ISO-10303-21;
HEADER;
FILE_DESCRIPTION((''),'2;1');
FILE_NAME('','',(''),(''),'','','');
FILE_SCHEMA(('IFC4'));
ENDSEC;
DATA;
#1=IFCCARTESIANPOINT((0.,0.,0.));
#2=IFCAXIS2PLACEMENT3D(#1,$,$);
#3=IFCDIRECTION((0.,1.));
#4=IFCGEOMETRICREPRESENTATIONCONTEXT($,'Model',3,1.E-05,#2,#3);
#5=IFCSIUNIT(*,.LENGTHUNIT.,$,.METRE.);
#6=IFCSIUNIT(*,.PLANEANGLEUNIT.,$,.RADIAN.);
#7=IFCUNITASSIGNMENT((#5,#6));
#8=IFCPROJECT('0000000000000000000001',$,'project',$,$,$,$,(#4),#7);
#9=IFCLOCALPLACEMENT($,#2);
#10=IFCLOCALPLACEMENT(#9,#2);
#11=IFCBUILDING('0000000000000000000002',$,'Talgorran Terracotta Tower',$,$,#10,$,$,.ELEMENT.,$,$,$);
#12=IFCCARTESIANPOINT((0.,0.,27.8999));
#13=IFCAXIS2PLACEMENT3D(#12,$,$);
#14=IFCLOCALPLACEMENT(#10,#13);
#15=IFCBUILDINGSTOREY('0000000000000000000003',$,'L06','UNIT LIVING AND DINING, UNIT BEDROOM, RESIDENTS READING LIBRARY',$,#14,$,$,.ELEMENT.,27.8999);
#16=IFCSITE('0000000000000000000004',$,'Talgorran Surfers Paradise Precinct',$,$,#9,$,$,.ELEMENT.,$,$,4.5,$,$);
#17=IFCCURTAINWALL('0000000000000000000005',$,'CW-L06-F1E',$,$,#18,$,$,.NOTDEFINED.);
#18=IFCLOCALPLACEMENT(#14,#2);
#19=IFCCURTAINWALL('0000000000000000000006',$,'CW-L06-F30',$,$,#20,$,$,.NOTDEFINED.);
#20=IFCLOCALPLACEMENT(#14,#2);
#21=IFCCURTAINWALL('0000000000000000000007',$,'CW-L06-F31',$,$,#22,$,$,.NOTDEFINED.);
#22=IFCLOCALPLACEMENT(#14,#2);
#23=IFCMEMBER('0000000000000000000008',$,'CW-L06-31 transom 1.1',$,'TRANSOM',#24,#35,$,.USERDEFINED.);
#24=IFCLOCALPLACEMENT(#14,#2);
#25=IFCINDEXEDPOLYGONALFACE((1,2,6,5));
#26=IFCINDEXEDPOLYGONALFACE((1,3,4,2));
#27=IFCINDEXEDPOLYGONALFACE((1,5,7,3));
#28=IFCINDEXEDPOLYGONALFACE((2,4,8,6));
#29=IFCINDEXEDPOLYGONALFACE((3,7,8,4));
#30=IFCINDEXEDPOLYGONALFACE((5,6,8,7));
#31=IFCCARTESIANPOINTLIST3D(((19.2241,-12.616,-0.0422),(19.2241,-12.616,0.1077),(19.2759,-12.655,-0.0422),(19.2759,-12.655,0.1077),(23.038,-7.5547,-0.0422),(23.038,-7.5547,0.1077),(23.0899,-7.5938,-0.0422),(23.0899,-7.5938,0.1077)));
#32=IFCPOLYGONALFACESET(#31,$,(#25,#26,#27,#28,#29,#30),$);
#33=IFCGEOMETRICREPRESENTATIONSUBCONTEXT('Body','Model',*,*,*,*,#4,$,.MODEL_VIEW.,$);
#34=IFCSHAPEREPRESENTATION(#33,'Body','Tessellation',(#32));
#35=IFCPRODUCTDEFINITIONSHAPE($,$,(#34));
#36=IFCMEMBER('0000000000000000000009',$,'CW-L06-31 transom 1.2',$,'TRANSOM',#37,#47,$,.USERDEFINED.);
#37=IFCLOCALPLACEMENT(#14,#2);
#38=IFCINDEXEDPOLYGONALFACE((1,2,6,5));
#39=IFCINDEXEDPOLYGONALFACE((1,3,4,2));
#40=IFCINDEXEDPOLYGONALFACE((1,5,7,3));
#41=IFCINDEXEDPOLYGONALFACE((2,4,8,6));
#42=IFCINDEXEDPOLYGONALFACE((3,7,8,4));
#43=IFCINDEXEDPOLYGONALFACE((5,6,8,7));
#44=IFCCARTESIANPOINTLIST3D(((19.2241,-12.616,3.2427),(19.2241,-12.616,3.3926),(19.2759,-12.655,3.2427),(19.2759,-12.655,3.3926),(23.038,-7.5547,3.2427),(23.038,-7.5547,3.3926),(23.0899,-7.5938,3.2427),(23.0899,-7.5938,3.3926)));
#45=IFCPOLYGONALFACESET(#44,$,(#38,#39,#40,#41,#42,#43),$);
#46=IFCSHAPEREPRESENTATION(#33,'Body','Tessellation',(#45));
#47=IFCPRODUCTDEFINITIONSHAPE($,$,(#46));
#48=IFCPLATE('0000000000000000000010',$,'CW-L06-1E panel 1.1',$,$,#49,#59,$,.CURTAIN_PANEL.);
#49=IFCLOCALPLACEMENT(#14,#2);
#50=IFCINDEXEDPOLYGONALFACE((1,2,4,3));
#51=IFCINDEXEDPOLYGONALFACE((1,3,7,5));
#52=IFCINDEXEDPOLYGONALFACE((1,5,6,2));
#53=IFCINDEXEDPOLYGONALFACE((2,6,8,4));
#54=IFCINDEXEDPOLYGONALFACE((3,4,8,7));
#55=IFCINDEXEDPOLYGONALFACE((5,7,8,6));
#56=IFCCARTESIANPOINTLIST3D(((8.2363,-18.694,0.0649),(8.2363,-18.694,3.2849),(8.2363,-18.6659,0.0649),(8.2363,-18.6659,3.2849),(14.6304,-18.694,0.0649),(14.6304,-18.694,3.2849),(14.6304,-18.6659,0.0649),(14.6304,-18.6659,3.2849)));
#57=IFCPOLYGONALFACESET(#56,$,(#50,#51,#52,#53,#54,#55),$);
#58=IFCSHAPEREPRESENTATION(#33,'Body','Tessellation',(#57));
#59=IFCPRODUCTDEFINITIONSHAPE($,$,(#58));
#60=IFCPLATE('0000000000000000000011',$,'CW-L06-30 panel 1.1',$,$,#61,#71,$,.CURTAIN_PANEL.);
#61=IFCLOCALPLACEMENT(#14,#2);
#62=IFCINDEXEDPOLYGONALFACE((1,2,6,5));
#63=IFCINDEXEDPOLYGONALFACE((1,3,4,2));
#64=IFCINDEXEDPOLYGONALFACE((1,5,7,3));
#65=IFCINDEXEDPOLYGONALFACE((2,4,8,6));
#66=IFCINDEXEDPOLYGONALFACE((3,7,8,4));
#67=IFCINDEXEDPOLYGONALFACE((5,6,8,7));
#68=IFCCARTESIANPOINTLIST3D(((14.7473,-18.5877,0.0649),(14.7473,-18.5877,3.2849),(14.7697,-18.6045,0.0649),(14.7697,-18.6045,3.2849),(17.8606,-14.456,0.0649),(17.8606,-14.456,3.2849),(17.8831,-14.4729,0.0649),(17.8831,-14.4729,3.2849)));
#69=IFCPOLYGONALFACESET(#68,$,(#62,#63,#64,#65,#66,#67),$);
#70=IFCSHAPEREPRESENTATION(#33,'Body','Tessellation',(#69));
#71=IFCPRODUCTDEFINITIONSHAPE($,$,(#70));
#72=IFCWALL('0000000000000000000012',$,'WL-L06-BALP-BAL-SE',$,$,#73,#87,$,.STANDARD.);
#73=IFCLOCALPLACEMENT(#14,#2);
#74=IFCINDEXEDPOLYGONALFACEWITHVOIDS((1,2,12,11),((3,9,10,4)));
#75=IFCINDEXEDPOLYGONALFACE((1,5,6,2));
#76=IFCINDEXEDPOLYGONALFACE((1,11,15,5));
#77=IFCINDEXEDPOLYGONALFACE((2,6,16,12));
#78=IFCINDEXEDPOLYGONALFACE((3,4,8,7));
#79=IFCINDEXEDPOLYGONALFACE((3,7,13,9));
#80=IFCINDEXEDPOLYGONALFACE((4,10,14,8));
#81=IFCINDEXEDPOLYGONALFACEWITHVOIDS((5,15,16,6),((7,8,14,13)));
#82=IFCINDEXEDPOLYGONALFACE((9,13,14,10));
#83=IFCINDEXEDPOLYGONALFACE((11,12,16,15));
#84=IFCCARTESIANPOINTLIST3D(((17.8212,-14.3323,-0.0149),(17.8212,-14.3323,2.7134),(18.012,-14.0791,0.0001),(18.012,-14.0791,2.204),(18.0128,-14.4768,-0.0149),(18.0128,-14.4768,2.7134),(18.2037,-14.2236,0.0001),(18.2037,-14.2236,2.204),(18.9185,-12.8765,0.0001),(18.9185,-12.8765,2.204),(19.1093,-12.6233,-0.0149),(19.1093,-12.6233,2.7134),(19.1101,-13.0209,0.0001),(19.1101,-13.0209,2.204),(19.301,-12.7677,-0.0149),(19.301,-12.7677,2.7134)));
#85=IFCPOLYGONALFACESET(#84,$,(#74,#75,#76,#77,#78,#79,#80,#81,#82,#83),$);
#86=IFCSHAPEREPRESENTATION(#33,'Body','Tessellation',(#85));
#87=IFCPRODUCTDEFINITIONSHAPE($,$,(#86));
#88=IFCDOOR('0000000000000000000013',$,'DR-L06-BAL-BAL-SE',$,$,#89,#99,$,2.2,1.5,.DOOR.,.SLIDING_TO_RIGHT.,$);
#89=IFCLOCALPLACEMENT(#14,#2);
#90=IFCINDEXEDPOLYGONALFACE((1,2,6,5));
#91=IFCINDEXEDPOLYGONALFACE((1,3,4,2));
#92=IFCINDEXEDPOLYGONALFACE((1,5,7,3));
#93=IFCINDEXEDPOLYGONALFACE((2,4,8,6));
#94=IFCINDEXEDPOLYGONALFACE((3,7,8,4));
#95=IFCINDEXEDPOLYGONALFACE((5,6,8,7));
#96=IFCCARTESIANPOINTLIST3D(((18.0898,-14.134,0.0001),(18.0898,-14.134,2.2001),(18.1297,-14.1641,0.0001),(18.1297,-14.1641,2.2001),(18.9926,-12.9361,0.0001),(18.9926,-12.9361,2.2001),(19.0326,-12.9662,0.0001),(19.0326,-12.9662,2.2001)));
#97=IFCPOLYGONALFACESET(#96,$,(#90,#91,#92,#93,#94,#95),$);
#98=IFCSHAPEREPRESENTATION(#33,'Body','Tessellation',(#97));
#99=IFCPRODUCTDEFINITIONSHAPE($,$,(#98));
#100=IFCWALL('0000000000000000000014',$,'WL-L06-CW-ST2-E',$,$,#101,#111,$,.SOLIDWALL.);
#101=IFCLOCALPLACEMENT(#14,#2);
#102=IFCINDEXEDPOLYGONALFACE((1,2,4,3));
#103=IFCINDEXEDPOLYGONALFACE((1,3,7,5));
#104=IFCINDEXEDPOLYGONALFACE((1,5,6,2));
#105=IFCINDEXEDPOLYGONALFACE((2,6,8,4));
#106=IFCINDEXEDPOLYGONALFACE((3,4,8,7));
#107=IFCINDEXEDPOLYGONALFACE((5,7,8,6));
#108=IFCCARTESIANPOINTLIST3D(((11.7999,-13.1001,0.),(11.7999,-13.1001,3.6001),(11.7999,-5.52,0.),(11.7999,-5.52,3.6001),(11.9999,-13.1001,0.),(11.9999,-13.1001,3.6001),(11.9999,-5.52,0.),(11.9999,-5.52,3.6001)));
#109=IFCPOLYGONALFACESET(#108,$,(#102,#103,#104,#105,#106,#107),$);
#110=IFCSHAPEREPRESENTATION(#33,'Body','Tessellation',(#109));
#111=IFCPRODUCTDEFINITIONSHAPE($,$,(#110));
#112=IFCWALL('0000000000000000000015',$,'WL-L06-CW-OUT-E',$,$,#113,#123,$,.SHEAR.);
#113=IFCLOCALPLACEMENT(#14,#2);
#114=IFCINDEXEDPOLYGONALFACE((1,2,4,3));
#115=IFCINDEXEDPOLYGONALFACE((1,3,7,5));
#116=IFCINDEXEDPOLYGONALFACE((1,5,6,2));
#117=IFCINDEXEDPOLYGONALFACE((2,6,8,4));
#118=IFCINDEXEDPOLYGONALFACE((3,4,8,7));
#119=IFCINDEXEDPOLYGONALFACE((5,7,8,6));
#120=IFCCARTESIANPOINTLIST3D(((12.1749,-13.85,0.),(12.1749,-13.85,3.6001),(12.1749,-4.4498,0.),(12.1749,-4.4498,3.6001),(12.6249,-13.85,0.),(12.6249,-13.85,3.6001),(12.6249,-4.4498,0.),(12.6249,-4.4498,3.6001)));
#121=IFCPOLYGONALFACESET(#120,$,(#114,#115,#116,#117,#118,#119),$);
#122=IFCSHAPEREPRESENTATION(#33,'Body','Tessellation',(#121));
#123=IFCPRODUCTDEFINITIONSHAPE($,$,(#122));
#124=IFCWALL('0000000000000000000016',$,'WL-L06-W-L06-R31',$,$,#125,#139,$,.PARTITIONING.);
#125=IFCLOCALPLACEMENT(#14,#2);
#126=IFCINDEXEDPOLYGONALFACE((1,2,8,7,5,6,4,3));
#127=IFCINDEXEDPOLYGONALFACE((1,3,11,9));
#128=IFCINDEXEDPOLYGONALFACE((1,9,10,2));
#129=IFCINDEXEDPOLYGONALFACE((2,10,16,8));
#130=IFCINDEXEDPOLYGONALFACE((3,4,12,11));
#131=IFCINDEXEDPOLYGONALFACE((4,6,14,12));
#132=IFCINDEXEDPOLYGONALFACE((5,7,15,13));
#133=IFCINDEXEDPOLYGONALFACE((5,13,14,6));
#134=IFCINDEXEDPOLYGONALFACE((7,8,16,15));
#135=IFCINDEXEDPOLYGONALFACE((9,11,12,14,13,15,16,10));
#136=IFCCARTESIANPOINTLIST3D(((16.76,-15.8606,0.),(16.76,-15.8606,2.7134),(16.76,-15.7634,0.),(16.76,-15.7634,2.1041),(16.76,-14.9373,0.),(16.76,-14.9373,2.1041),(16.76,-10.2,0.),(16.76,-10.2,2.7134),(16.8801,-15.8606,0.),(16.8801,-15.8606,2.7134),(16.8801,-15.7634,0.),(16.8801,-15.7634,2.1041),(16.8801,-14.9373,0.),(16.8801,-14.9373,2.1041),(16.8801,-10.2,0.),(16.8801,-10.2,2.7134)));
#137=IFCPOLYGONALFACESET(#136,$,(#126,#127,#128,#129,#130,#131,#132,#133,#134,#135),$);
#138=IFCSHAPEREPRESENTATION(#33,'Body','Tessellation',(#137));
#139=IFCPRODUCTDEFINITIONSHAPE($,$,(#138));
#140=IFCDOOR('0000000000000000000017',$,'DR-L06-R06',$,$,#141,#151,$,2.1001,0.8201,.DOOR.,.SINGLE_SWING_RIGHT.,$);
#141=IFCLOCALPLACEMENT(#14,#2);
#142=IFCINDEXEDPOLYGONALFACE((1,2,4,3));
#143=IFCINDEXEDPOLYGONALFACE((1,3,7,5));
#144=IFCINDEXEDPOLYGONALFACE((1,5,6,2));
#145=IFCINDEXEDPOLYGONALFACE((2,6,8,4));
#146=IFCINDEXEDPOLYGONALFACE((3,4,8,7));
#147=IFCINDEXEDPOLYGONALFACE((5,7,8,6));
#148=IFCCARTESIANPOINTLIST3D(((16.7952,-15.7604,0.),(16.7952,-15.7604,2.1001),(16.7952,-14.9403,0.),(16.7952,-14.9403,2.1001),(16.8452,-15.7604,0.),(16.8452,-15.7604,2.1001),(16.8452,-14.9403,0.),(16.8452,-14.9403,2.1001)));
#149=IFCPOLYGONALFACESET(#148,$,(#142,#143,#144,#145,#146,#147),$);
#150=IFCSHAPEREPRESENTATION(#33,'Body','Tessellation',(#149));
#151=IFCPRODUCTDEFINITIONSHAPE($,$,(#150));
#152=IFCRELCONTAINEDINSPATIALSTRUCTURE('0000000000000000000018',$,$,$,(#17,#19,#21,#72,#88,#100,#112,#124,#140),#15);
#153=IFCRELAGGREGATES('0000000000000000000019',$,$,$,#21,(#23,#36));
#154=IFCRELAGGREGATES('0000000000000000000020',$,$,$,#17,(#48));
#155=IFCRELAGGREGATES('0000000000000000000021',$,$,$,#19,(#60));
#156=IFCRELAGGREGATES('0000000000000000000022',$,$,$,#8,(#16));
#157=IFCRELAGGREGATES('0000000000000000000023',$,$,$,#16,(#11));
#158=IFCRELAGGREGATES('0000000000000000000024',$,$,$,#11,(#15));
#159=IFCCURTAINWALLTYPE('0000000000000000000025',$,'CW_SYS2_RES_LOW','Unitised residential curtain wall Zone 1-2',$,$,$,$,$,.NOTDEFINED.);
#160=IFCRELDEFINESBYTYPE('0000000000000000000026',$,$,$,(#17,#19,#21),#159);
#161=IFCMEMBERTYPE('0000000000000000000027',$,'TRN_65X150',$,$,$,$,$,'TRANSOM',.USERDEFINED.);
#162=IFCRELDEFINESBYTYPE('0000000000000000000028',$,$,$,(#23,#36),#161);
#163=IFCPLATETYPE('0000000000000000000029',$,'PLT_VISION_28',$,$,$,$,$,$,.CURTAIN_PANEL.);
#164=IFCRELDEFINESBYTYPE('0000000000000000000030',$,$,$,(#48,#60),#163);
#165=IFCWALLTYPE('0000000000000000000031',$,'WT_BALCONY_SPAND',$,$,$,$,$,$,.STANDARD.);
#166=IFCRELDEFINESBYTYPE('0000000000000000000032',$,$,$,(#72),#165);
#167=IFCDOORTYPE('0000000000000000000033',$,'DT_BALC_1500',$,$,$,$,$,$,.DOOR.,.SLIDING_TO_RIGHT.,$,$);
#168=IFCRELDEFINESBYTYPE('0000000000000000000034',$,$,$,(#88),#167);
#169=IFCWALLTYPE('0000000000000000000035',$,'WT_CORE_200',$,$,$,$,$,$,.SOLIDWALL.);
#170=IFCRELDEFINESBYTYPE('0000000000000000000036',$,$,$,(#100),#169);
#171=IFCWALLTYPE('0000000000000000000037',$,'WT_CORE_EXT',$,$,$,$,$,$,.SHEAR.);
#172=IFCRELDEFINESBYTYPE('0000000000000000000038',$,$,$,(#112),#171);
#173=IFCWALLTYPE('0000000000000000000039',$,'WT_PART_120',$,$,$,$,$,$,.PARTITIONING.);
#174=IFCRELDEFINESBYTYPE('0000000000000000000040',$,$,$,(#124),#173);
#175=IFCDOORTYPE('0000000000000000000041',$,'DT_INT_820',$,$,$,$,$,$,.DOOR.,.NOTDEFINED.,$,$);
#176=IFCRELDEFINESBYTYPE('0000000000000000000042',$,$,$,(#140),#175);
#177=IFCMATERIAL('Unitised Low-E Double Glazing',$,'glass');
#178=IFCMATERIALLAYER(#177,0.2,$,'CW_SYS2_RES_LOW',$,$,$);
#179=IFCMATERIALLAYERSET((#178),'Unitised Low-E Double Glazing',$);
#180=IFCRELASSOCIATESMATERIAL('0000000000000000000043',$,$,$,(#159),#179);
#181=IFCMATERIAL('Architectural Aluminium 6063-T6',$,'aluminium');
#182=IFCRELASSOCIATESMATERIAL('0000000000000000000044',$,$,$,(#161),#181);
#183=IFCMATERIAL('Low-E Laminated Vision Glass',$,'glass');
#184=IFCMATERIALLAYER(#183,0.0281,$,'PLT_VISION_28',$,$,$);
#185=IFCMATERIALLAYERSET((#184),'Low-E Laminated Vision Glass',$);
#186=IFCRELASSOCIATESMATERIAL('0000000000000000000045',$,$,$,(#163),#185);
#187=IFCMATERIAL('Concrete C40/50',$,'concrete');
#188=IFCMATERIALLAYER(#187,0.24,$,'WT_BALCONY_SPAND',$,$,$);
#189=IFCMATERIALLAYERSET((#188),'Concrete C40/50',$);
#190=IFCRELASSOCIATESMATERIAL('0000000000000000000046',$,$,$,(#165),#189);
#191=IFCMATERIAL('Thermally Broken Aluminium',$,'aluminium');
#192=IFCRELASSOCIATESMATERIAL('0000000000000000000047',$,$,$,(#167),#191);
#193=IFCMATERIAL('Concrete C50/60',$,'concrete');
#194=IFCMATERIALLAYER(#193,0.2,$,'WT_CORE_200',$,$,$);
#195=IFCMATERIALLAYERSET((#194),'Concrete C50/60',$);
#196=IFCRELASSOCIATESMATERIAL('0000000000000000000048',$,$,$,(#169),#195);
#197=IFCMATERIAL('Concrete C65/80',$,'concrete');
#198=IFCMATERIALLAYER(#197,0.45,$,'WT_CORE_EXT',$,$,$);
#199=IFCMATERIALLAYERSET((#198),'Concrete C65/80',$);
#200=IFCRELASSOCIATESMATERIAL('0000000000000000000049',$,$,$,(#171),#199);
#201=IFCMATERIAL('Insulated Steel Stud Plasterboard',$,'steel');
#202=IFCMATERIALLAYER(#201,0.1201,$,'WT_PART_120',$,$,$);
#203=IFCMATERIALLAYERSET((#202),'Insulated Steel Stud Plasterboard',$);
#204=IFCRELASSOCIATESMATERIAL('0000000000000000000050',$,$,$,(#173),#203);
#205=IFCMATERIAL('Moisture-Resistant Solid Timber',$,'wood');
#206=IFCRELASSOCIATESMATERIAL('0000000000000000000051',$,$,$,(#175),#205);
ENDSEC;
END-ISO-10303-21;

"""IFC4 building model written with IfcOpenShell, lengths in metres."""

from ifc_helpers import new_model, si_unit, direction, frame, frame_2d, origin, origin_2d, place, context, subcontext, project, spatial, rectangle, extrude, source, transform, mapped, material, layer, layer_set, material_profile, profile_set, type_object, type_shapes, element, fill, aggregate, save


model = new_model("IFC4")

# Units and contexts
model_context = context("Model", 3, precision=1e-05, world=origin(), true_north=direction((0.0, 1.0)))
body_context = subcontext(model_context, "Body", "Model", "MODEL_VIEW")
ifc_project = project(units=[si_unit("LENGTHUNIT", "METRE"), si_unit("PLANEANGLEUNIT", "RADIAN")], contexts=[model_context])

# Site, building, storey
site_placement = place(None, origin())
site = spatial("IfcSite", under=ifc_project, at=site_placement, Name="Talgorran Surfers Paradise Precinct", CompositionType="ELEMENT", RefElevation=4.5)
building_placement = place(site_placement, origin())
building = spatial("IfcBuilding", under=site, at=building_placement, Name="Talgorran Terracotta Tower", CompositionType="ELEMENT")
storey_placement = place(building_placement, frame((0.0, 0.0, 27.8999)))
storey = spatial("IfcBuildingStorey", under=building, at=storey_placement, Name="L06", Description="UNIT LIVING AND DINING, UNIT BEDROOM, RESIDENTS READING LIBRARY", CompositionType="ELEMENT", Elevation=27.8999)

# Curtain wall
ifc_material_1 = material(Name="Unitised Low-E Double Glazing", Category="glass")
ifc_layer_1 = layer(ifc_material_1, 0.2, Name="CW_SYS2_RES_LOW")
ifc_layer_set_1 = layer_set([ifc_layer_1], Name="Unitised Low-E Double Glazing")
curtain_wall_type = type_object("IfcCurtainWallType", Name="CW_SYS2_RES_LOW", Description="Unitised residential curtain wall Zone 1-2", PredefinedType="NOTDEFINED", material=ifc_layer_set_1)
curtain_wall_1_placement = place(storey_placement, origin())
curtain_wall_1 = element("IfcCurtainWall", 1, at=curtain_wall_1_placement, inside=storey, type_object=curtain_wall_type, Name="CW-L06-F1E", PredefinedType="NOTDEFINED")
ifc_material_2 = material(Name="Architectural Aluminium 6063-T6", Category="aluminium")

# Curtain wall
curtain_wall_2_placement = place(storey_placement, origin())
curtain_wall_2 = element("IfcCurtainWall", 2, at=curtain_wall_2_placement, inside=storey, type_object=curtain_wall_type, Name="CW-L06-F30", PredefinedType="NOTDEFINED")

# Curtain wall
curtain_wall_3_placement = place(storey_placement, origin())
curtain_wall_3 = element("IfcCurtainWall", 3, at=curtain_wall_3_placement, inside=storey, type_object=curtain_wall_type, Name="CW-L06-F31", PredefinedType="NOTDEFINED")

# Members
ifc_material_profile_1 = material_profile(ifc_material_2, rectangle(XDim=0.0649, YDim=0.1499, at=origin_2d()), Name="CWT65X150")
ifc_profile_set_1 = profile_set([ifc_material_profile_1], Name="Architectural Aluminium 6063-T6")
member_type_1 = type_object("IfcMemberType", Name="TRN_65X150", ElementType="TRANSOM", PredefinedType="USERDEFINED", material=ifc_profile_set_1)
member_1_placement = place(storey_placement, frame((19.25, -12.6355, 0.0327), z_axis=(0.601817, 0.798634, 0.0), x_axis=(-0.798634, 0.601817, 0.0)))
member_1 = element("IfcMember", 4, at=member_1_placement, type_object=member_type_1, Name="CW-L06-31 transom 1.1", ObjectType="TRANSOM", PredefinedType="USERDEFINED", context=body_context, shape_type="SweptSolid", body=[
    extrude(rectangle(XDim=0.0649, YDim=0.1499, at=origin_2d()), origin(), (0.0, 0.0, 1.0), 6.3374),
])
member_2_placement = place(storey_placement, frame((19.25, -12.6355, 3.3176), z_axis=(0.601817, 0.798634, 0.0), x_axis=(-0.798634, 0.601817, 0.0)))
member_2 = element("IfcMember", 5, at=member_2_placement, type_object=member_type_1, Name="CW-L06-31 transom 1.2", ObjectType="TRANSOM", PredefinedType="USERDEFINED", context=body_context, shape_type="SweptSolid", body=[
    extrude(rectangle(XDim=0.0649, YDim=0.1499, at=origin_2d()), origin(), (0.0, 0.0, 1.0), 6.3374),
])
aggregate(curtain_wall_3, [member_1, member_2])

# Plates
ifc_material_3 = material(Name="Low-E Laminated Vision Glass", Category="glass")
ifc_layer_2 = layer(ifc_material_3, 0.0281, Name="PLT_VISION_28")
ifc_layer_set_2 = layer_set([ifc_layer_2], Name="Low-E Laminated Vision Glass")
plate_type = type_object("IfcPlateType", Name="PLT_VISION_28", PredefinedType="CURTAIN_PANEL", material=ifc_layer_set_2)
shared_shape_1 = source(origin(), body_context, "Body", "SweptSolid", [
    extrude(rectangle(XDim=6.394, YDim=0.0281, at=origin_2d()), origin(), (0.0, 0.0, 1.0), 3.22),
])
plate_1_placement = place(storey_placement, frame((11.4333, -18.6799, 0.0649), z_axis=(0.0, 0.0, 1.0), x_axis=(1.0, 0.0, 0.0)))
plate_1 = element("IfcPlate", 6, at=plate_1_placement, type_object=plate_type, Name="CW-L06-1E panel 1.1", PredefinedType="CURTAIN_PANEL", context=body_context, shape_type="MappedRepresentation", body=[
    mapped(shared_shape_1, transform((0.0, 0.0, 0.0), scale=1.0)),
])
aggregate(curtain_wall_1, [plate_1])
shared_shape_2 = source(origin(), body_context, "Body", "SweptSolid", [
    extrude(rectangle(XDim=5.1733, YDim=0.0281, at=origin_2d()), origin(), (0.0, 0.0, 1.0), 3.22),
])
type_shapes(plate_type, [shared_shape_1, shared_shape_2])
plate_2_placement = place(storey_placement, frame((16.3152, -16.5303, 0.0649), z_axis=(0.0, 0.0, 1.0), x_axis=(0.601806, 0.798643, 0.0)))
plate_2 = element("IfcPlate", 7, at=plate_2_placement, type_object=plate_type, Name="CW-L06-30 panel 1.1", PredefinedType="CURTAIN_PANEL", context=body_context, shape_type="MappedRepresentation", body=[
    mapped(shared_shape_2, transform((0.0, 0.0, 0.0), scale=1.0)),
])
aggregate(curtain_wall_2, [plate_2])

# Wall, opening, door
ifc_material_4 = material(Name="Concrete C40/50", Category="concrete")
ifc_layer_3 = layer(ifc_material_4, 0.24, Name="WT_BALCONY_SPAND")
ifc_layer_set_3 = layer_set([ifc_layer_3], Name="Concrete C40/50")
wall_type_1 = type_object("IfcWallType", Name="WT_BALCONY_SPAND", PredefinedType="STANDARD", material=ifc_layer_set_3)
wall_1_placement = place(storey_placement, frame((17.917, -14.4045, -0.0149), z_axis=(0.0, 0.0, 1.0), x_axis=(0.601897, 0.798574, 0.0)))
wall_1 = element("IfcWall", 8, at=wall_1_placement, inside=storey, type_object=wall_type_1, Name="WL-L06-BALP-BAL-SE", PredefinedType="STANDARD", context=body_context, shape_type="SweptSolid", body=[
    extrude(rectangle(XDim=2.1401, YDim=0.24, at=frame_2d((1.0701, 0.0))), origin(), (0.0, 0.0, 1.0), 2.7283),
])
opening_1_placement = place(wall_1_placement, frame((0.3201, 0.0, 0.0149)))
opening_1 = element("IfcOpeningElement", 9, at=opening_1_placement, cuts=wall_1, PredefinedType="OPENING", context=body_context, shape_type="SweptSolid", body=[
    extrude(rectangle(XDim=1.506, YDim=2.204, at=frame_2d((0.75, 1.1021))), frame((0.0, 0.1299, 0.0), z_axis=(0.0, -1.0, 0.0), x_axis=(1.0, 0.0, 0.0)), (0.0, 0.0, 1.0), 0.26),
])
ifc_material_5 = material(Name="Thermally Broken Aluminium", Category="aluminium")
door_type_1 = type_object("IfcDoorType", Name="DT_BALC_1500", OperationType="SLIDING_TO_RIGHT", PredefinedType="DOOR", material=ifc_material_5)
door_1_placement = place(opening_1_placement, origin())
door_1 = element("IfcDoor", 10, at=door_1_placement, inside=storey, type_object=door_type_1, Name="DR-L06-BAL-BAL-SE", OperationType="SLIDING_TO_RIGHT", OverallHeight=2.2, OverallWidth=1.5, PredefinedType="DOOR", context=body_context, shape_type="SweptSolid", body=[
    extrude(rectangle(XDim=1.5, YDim=2.2, at=frame_2d((0.75, 1.1001))), frame((0.0, 0.0249, 0.0), z_axis=(0.0, -1.0, 0.0), x_axis=(1.0, 0.0, 0.0)), (0.0, 0.0, 1.0), 0.05),
])
fill(opening_1, door_1)

# Walls
ifc_material_6 = material(Name="Concrete C50/60", Category="concrete")
ifc_layer_4 = layer(ifc_material_6, 0.2, Name="WT_CORE_200")
ifc_layer_set_4 = layer_set([ifc_layer_4], Name="Concrete C50/60")
wall_type_2 = type_object("IfcWallType", Name="WT_CORE_200", PredefinedType="SOLIDWALL", material=ifc_layer_set_4)
wall_2_placement = place(storey_placement, frame((11.8999, -13.1001, 0.0), z_axis=(0.0, 0.0, 1.0), x_axis=(0.0, 1.0, 0.0)))
element("IfcWall", 11, at=wall_2_placement, inside=storey, type_object=wall_type_2, Name="WL-L06-CW-ST2-E", PredefinedType="SOLIDWALL", context=body_context, shape_type="SweptSolid", body=[
    extrude(rectangle(XDim=7.5801, YDim=0.2, at=frame_2d((3.79, 0.0))), origin(), (0.0, 0.0, 1.0), 3.6001),
])
ifc_material_7 = material(Name="Concrete C65/80", Category="concrete")
ifc_layer_5 = layer(ifc_material_7, 0.45, Name="WT_CORE_EXT")
ifc_layer_set_5 = layer_set([ifc_layer_5], Name="Concrete C65/80")
wall_type_3 = type_object("IfcWallType", Name="WT_CORE_EXT", PredefinedType="SHEAR", material=ifc_layer_set_5)
wall_3_placement = place(storey_placement, frame((12.3999, -13.8501, 0.0), z_axis=(0.0, 0.0, 1.0), x_axis=(0.0, 1.0, 0.0)))
element("IfcWall", 12, at=wall_3_placement, inside=storey, type_object=wall_type_3, Name="WL-L06-CW-OUT-E", PredefinedType="SHEAR", context=body_context, shape_type="SweptSolid", body=[
    extrude(rectangle(XDim=9.4001, YDim=0.45, at=frame_2d((4.7002, 0.0))), origin(), (0.0, 0.0, 1.0), 3.6001),
])

# Wall, opening, door
ifc_material_8 = material(Name="Insulated Steel Stud Plasterboard", Category="steel")
ifc_layer_6 = layer(ifc_material_8, 0.1201, Name="WT_PART_120")
ifc_layer_set_6 = layer_set([ifc_layer_6], Name="Insulated Steel Stud Plasterboard")
wall_type_4 = type_object("IfcWallType", Name="WT_PART_120", PredefinedType="PARTITIONING", material=ifc_layer_set_6)
wall_4_placement = place(storey_placement, frame((16.8201, -15.8606, 0.0), z_axis=(0.0, 0.0, 1.0), x_axis=(0.0, 1.0, 0.0)))
wall_4 = element("IfcWall", 13, at=wall_4_placement, inside=storey, type_object=wall_type_4, Name="WL-L06-W-L06-R31", PredefinedType="PARTITIONING", context=body_context, shape_type="SweptSolid", body=[
    extrude(rectangle(XDim=5.6606, YDim=0.1201, at=frame_2d((2.8303, 0.0))), origin(), (0.0, 0.0, 1.0), 2.7134),
])
opening_2_placement = place(wall_4_placement, frame((0.1001, 0.0, 0.0)))
opening_2 = element("IfcOpeningElement", 14, at=opening_2_placement, cuts=wall_4, PredefinedType="OPENING", context=body_context, shape_type="SweptSolid", body=[
    extrude(rectangle(XDim=0.8261, YDim=2.1041, at=frame_2d((0.4102, 1.052))), frame((0.0, 0.0701, 0.0), z_axis=(0.0, -1.0, 0.0), x_axis=(1.0, 0.0, 0.0)), (0.0, 0.0, 1.0), 0.1401),
])
ifc_material_9 = material(Name="Moisture-Resistant Solid Timber", Category="wood")
door_type_2 = type_object("IfcDoorType", Name="DT_INT_820", OperationType="NOTDEFINED", PredefinedType="DOOR", material=ifc_material_9)
door_2_placement = place(opening_2_placement, origin())
door_2 = element("IfcDoor", 15, at=door_2_placement, inside=storey, type_object=door_type_2, Name="DR-L06-R06", OperationType="SINGLE_SWING_RIGHT", OverallHeight=2.1001, OverallWidth=0.8201, PredefinedType="DOOR", context=body_context, shape_type="SweptSolid", body=[
    extrude(rectangle(XDim=0.8201, YDim=2.1001, at=frame_2d((0.4102, 1.05))), frame((0.0, 0.0249, 0.0), z_axis=(0.0, -1.0, 0.0), x_axis=(1.0, 0.0, 0.0)), (0.0, 0.0, 1.0), 0.05),
])
fill(opening_2, door_2)

save(model, "model.ifc")
